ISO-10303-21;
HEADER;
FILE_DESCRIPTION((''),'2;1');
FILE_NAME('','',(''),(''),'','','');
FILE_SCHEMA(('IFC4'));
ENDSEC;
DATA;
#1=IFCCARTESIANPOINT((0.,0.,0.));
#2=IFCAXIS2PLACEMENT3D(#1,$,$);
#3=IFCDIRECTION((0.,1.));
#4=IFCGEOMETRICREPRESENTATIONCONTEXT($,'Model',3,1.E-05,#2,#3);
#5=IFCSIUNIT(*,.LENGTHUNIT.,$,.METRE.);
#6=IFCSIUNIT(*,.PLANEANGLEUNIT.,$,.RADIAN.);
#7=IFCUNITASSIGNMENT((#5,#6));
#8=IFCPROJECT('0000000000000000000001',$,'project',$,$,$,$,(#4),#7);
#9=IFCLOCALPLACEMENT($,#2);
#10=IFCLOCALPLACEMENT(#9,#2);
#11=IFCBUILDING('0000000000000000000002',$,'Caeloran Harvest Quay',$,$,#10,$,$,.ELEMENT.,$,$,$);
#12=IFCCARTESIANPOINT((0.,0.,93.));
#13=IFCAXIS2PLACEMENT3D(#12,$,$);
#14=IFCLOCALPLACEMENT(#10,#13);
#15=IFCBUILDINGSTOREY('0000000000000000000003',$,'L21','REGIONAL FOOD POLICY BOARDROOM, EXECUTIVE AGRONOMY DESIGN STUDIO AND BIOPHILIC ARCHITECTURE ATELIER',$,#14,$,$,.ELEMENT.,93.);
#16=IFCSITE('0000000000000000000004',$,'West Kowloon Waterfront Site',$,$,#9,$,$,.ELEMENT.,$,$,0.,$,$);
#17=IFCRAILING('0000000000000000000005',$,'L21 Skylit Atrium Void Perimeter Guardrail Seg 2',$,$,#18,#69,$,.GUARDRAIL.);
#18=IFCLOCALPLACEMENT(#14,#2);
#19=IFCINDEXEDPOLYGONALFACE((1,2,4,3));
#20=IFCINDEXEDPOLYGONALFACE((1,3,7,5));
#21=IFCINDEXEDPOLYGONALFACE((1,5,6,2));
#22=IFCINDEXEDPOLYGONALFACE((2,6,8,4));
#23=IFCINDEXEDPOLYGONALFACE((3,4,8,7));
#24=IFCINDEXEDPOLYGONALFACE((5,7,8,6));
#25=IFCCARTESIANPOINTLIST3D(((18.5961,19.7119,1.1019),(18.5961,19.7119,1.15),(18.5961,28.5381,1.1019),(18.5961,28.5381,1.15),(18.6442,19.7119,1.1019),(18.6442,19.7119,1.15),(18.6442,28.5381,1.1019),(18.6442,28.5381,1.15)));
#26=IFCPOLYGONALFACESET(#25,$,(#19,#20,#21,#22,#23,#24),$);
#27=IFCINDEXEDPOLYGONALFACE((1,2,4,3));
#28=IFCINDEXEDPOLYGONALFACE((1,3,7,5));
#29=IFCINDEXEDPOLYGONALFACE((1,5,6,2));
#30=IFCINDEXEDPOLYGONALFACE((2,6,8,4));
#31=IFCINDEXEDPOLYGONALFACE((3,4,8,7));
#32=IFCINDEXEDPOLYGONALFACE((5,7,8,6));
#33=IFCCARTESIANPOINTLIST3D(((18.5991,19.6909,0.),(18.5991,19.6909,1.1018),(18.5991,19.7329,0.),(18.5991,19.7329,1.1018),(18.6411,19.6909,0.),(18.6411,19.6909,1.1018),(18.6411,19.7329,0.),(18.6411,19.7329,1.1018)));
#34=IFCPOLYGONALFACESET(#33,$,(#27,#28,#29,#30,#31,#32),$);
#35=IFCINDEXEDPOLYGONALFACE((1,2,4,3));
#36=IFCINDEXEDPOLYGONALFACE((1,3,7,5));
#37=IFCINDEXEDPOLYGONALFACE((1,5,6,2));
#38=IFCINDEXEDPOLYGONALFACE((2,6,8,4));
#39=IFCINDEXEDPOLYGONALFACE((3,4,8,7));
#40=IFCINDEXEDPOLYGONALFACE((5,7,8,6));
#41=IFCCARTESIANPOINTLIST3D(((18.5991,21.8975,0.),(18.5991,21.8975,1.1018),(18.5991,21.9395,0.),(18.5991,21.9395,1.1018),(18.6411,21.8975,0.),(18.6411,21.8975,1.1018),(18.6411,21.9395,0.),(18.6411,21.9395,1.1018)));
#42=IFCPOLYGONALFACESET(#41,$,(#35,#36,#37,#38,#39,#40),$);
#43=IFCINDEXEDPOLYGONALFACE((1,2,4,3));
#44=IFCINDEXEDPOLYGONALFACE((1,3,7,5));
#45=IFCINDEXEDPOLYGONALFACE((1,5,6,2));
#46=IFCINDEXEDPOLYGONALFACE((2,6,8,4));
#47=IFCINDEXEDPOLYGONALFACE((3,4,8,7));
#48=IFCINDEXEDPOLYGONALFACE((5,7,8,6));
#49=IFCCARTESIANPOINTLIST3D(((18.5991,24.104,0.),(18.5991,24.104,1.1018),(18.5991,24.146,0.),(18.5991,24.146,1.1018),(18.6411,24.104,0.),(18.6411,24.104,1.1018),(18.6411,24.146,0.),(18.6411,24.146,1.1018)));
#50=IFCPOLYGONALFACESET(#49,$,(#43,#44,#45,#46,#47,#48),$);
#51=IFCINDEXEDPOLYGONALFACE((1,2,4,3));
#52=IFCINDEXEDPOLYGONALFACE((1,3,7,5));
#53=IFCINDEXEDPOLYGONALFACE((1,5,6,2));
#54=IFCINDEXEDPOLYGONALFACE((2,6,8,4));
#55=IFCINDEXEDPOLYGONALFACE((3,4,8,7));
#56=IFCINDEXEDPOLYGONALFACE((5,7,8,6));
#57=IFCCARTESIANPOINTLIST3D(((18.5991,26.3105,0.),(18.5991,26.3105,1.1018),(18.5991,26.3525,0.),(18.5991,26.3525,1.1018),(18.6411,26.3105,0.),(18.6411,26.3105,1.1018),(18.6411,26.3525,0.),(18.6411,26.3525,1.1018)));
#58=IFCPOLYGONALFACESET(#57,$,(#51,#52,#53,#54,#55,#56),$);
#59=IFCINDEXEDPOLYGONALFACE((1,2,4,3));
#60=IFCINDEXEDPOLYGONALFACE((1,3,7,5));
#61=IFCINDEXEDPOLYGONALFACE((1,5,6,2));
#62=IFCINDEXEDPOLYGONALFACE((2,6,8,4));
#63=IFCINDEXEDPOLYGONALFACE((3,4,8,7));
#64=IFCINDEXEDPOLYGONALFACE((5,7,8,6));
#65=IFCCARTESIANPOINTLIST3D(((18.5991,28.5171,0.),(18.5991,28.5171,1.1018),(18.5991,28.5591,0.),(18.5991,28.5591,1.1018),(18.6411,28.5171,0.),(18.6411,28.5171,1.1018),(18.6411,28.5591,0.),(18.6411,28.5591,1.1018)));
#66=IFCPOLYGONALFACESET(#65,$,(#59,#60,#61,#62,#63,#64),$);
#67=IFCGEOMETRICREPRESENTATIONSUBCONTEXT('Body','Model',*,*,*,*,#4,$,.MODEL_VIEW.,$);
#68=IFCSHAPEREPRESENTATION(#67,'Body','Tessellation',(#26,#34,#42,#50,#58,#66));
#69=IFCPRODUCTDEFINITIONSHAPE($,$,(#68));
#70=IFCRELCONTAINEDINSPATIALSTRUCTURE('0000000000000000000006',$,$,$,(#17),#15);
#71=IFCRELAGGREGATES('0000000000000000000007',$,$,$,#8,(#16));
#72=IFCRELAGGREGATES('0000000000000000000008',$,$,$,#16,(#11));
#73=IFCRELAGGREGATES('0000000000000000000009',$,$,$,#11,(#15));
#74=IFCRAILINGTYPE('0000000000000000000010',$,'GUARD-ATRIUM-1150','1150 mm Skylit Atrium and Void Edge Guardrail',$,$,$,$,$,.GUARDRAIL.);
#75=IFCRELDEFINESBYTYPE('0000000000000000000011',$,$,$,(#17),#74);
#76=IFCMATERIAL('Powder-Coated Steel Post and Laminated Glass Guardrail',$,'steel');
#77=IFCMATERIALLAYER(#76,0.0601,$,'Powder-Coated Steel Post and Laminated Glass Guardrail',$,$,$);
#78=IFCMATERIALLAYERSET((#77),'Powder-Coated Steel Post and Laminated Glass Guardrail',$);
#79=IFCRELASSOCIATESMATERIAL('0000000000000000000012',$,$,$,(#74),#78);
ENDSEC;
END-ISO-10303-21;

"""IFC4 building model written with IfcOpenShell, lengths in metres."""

from ifc_helpers import new_model, si_unit, direction, frame, origin, origin_2d, place, context, subcontext, project, spatial, rectangle, extrude, material, layer, layer_set, type_object, element, save


model = new_model("IFC4")

# Units and contexts
model_context = context("Model", 3, precision=1e-05, world=origin(), true_north=direction((0.0, 1.0)))
body_context = subcontext(model_context, "Body", "Model", "MODEL_VIEW")
ifc_project = project(units=[si_unit("LENGTHUNIT", "METRE"), si_unit("PLANEANGLEUNIT", "RADIAN")], contexts=[model_context])

# Site, building, storey
site_placement = place(None, origin())
site = spatial("IfcSite", under=ifc_project, at=site_placement, Name="West Kowloon Waterfront Site", CompositionType="ELEMENT", RefElevation=0.0)
building_placement = place(site_placement, origin())
building = spatial("IfcBuilding", under=site, at=building_placement, Name="Caeloran Harvest Quay", CompositionType="ELEMENT")
storey_placement = place(building_placement, frame((0.0, 0.0, 93.0)))
storey = spatial("IfcBuildingStorey", under=building, at=storey_placement, Name="L21", Description="REGIONAL FOOD POLICY BOARDROOM, EXECUTIVE AGRONOMY DESIGN STUDIO AND BIOPHILIC ARCHITECTURE ATELIER", CompositionType="ELEMENT", Elevation=93.0)

# Railing
ifc_material_1 = material(Name="Powder-Coated Steel Post and Laminated Glass Guardrail", Category="steel")
ifc_layer_1 = layer(ifc_material_1, 0.0601, Name="Powder-Coated Steel Post and Laminated Glass Guardrail")
ifc_layer_set_1 = layer_set([ifc_layer_1], Name="Powder-Coated Steel Post and Laminated Glass Guardrail")
railing_type = type_object("IfcRailingType", Name="GUARD-ATRIUM-1150", Description="1150 mm Skylit Atrium and Void Edge Guardrail", PredefinedType="GUARDRAIL", material=ifc_layer_set_1)
railing_1_placement = place(storey_placement, frame((18.6201, 19.7119, 0.0)))
element("IfcRailing", 1, at=railing_1_placement, inside=storey, type_object=railing_type, Name="L21 Skylit Atrium Void Perimeter Guardrail Seg 2", PredefinedType="GUARDRAIL", context=body_context, shape_type="SweptSolid", body=[
    extrude(rectangle(XDim=0.0481, YDim=0.0481, at=origin_2d()), frame((0.0, 0.0, 1.126), z_axis=(0.0, 1.0, 0.0), x_axis=(-1.0, 0.0, 0.0)), (0.0, 0.0, 1.0), 8.8262),
    extrude(rectangle(XDim=0.042, YDim=0.042, at=origin_2d()), origin(), (0.0, 0.0, 1.0), 1.1018),
    extrude(rectangle(XDim=0.042, YDim=0.042, at=origin_2d()), frame((0.0, 2.2065, 0.0)), (0.0, 0.0, 1.0), 1.1018),
    extrude(rectangle(XDim=0.042, YDim=0.042, at=origin_2d()), frame((0.0, 4.4131, 0.0)), (0.0, 0.0, 1.0), 1.1018),
    extrude(rectangle(XDim=0.042, YDim=0.042, at=origin_2d()), frame((0.0, 6.6196, 0.0)), (0.0, 0.0, 1.0), 1.1018),
    extrude(rectangle(XDim=0.042, YDim=0.042, at=origin_2d()), frame((0.0, 8.8262, 0.0)), (0.0, 0.0, 1.0), 1.1018),
])

save(model, "model.ifc")
